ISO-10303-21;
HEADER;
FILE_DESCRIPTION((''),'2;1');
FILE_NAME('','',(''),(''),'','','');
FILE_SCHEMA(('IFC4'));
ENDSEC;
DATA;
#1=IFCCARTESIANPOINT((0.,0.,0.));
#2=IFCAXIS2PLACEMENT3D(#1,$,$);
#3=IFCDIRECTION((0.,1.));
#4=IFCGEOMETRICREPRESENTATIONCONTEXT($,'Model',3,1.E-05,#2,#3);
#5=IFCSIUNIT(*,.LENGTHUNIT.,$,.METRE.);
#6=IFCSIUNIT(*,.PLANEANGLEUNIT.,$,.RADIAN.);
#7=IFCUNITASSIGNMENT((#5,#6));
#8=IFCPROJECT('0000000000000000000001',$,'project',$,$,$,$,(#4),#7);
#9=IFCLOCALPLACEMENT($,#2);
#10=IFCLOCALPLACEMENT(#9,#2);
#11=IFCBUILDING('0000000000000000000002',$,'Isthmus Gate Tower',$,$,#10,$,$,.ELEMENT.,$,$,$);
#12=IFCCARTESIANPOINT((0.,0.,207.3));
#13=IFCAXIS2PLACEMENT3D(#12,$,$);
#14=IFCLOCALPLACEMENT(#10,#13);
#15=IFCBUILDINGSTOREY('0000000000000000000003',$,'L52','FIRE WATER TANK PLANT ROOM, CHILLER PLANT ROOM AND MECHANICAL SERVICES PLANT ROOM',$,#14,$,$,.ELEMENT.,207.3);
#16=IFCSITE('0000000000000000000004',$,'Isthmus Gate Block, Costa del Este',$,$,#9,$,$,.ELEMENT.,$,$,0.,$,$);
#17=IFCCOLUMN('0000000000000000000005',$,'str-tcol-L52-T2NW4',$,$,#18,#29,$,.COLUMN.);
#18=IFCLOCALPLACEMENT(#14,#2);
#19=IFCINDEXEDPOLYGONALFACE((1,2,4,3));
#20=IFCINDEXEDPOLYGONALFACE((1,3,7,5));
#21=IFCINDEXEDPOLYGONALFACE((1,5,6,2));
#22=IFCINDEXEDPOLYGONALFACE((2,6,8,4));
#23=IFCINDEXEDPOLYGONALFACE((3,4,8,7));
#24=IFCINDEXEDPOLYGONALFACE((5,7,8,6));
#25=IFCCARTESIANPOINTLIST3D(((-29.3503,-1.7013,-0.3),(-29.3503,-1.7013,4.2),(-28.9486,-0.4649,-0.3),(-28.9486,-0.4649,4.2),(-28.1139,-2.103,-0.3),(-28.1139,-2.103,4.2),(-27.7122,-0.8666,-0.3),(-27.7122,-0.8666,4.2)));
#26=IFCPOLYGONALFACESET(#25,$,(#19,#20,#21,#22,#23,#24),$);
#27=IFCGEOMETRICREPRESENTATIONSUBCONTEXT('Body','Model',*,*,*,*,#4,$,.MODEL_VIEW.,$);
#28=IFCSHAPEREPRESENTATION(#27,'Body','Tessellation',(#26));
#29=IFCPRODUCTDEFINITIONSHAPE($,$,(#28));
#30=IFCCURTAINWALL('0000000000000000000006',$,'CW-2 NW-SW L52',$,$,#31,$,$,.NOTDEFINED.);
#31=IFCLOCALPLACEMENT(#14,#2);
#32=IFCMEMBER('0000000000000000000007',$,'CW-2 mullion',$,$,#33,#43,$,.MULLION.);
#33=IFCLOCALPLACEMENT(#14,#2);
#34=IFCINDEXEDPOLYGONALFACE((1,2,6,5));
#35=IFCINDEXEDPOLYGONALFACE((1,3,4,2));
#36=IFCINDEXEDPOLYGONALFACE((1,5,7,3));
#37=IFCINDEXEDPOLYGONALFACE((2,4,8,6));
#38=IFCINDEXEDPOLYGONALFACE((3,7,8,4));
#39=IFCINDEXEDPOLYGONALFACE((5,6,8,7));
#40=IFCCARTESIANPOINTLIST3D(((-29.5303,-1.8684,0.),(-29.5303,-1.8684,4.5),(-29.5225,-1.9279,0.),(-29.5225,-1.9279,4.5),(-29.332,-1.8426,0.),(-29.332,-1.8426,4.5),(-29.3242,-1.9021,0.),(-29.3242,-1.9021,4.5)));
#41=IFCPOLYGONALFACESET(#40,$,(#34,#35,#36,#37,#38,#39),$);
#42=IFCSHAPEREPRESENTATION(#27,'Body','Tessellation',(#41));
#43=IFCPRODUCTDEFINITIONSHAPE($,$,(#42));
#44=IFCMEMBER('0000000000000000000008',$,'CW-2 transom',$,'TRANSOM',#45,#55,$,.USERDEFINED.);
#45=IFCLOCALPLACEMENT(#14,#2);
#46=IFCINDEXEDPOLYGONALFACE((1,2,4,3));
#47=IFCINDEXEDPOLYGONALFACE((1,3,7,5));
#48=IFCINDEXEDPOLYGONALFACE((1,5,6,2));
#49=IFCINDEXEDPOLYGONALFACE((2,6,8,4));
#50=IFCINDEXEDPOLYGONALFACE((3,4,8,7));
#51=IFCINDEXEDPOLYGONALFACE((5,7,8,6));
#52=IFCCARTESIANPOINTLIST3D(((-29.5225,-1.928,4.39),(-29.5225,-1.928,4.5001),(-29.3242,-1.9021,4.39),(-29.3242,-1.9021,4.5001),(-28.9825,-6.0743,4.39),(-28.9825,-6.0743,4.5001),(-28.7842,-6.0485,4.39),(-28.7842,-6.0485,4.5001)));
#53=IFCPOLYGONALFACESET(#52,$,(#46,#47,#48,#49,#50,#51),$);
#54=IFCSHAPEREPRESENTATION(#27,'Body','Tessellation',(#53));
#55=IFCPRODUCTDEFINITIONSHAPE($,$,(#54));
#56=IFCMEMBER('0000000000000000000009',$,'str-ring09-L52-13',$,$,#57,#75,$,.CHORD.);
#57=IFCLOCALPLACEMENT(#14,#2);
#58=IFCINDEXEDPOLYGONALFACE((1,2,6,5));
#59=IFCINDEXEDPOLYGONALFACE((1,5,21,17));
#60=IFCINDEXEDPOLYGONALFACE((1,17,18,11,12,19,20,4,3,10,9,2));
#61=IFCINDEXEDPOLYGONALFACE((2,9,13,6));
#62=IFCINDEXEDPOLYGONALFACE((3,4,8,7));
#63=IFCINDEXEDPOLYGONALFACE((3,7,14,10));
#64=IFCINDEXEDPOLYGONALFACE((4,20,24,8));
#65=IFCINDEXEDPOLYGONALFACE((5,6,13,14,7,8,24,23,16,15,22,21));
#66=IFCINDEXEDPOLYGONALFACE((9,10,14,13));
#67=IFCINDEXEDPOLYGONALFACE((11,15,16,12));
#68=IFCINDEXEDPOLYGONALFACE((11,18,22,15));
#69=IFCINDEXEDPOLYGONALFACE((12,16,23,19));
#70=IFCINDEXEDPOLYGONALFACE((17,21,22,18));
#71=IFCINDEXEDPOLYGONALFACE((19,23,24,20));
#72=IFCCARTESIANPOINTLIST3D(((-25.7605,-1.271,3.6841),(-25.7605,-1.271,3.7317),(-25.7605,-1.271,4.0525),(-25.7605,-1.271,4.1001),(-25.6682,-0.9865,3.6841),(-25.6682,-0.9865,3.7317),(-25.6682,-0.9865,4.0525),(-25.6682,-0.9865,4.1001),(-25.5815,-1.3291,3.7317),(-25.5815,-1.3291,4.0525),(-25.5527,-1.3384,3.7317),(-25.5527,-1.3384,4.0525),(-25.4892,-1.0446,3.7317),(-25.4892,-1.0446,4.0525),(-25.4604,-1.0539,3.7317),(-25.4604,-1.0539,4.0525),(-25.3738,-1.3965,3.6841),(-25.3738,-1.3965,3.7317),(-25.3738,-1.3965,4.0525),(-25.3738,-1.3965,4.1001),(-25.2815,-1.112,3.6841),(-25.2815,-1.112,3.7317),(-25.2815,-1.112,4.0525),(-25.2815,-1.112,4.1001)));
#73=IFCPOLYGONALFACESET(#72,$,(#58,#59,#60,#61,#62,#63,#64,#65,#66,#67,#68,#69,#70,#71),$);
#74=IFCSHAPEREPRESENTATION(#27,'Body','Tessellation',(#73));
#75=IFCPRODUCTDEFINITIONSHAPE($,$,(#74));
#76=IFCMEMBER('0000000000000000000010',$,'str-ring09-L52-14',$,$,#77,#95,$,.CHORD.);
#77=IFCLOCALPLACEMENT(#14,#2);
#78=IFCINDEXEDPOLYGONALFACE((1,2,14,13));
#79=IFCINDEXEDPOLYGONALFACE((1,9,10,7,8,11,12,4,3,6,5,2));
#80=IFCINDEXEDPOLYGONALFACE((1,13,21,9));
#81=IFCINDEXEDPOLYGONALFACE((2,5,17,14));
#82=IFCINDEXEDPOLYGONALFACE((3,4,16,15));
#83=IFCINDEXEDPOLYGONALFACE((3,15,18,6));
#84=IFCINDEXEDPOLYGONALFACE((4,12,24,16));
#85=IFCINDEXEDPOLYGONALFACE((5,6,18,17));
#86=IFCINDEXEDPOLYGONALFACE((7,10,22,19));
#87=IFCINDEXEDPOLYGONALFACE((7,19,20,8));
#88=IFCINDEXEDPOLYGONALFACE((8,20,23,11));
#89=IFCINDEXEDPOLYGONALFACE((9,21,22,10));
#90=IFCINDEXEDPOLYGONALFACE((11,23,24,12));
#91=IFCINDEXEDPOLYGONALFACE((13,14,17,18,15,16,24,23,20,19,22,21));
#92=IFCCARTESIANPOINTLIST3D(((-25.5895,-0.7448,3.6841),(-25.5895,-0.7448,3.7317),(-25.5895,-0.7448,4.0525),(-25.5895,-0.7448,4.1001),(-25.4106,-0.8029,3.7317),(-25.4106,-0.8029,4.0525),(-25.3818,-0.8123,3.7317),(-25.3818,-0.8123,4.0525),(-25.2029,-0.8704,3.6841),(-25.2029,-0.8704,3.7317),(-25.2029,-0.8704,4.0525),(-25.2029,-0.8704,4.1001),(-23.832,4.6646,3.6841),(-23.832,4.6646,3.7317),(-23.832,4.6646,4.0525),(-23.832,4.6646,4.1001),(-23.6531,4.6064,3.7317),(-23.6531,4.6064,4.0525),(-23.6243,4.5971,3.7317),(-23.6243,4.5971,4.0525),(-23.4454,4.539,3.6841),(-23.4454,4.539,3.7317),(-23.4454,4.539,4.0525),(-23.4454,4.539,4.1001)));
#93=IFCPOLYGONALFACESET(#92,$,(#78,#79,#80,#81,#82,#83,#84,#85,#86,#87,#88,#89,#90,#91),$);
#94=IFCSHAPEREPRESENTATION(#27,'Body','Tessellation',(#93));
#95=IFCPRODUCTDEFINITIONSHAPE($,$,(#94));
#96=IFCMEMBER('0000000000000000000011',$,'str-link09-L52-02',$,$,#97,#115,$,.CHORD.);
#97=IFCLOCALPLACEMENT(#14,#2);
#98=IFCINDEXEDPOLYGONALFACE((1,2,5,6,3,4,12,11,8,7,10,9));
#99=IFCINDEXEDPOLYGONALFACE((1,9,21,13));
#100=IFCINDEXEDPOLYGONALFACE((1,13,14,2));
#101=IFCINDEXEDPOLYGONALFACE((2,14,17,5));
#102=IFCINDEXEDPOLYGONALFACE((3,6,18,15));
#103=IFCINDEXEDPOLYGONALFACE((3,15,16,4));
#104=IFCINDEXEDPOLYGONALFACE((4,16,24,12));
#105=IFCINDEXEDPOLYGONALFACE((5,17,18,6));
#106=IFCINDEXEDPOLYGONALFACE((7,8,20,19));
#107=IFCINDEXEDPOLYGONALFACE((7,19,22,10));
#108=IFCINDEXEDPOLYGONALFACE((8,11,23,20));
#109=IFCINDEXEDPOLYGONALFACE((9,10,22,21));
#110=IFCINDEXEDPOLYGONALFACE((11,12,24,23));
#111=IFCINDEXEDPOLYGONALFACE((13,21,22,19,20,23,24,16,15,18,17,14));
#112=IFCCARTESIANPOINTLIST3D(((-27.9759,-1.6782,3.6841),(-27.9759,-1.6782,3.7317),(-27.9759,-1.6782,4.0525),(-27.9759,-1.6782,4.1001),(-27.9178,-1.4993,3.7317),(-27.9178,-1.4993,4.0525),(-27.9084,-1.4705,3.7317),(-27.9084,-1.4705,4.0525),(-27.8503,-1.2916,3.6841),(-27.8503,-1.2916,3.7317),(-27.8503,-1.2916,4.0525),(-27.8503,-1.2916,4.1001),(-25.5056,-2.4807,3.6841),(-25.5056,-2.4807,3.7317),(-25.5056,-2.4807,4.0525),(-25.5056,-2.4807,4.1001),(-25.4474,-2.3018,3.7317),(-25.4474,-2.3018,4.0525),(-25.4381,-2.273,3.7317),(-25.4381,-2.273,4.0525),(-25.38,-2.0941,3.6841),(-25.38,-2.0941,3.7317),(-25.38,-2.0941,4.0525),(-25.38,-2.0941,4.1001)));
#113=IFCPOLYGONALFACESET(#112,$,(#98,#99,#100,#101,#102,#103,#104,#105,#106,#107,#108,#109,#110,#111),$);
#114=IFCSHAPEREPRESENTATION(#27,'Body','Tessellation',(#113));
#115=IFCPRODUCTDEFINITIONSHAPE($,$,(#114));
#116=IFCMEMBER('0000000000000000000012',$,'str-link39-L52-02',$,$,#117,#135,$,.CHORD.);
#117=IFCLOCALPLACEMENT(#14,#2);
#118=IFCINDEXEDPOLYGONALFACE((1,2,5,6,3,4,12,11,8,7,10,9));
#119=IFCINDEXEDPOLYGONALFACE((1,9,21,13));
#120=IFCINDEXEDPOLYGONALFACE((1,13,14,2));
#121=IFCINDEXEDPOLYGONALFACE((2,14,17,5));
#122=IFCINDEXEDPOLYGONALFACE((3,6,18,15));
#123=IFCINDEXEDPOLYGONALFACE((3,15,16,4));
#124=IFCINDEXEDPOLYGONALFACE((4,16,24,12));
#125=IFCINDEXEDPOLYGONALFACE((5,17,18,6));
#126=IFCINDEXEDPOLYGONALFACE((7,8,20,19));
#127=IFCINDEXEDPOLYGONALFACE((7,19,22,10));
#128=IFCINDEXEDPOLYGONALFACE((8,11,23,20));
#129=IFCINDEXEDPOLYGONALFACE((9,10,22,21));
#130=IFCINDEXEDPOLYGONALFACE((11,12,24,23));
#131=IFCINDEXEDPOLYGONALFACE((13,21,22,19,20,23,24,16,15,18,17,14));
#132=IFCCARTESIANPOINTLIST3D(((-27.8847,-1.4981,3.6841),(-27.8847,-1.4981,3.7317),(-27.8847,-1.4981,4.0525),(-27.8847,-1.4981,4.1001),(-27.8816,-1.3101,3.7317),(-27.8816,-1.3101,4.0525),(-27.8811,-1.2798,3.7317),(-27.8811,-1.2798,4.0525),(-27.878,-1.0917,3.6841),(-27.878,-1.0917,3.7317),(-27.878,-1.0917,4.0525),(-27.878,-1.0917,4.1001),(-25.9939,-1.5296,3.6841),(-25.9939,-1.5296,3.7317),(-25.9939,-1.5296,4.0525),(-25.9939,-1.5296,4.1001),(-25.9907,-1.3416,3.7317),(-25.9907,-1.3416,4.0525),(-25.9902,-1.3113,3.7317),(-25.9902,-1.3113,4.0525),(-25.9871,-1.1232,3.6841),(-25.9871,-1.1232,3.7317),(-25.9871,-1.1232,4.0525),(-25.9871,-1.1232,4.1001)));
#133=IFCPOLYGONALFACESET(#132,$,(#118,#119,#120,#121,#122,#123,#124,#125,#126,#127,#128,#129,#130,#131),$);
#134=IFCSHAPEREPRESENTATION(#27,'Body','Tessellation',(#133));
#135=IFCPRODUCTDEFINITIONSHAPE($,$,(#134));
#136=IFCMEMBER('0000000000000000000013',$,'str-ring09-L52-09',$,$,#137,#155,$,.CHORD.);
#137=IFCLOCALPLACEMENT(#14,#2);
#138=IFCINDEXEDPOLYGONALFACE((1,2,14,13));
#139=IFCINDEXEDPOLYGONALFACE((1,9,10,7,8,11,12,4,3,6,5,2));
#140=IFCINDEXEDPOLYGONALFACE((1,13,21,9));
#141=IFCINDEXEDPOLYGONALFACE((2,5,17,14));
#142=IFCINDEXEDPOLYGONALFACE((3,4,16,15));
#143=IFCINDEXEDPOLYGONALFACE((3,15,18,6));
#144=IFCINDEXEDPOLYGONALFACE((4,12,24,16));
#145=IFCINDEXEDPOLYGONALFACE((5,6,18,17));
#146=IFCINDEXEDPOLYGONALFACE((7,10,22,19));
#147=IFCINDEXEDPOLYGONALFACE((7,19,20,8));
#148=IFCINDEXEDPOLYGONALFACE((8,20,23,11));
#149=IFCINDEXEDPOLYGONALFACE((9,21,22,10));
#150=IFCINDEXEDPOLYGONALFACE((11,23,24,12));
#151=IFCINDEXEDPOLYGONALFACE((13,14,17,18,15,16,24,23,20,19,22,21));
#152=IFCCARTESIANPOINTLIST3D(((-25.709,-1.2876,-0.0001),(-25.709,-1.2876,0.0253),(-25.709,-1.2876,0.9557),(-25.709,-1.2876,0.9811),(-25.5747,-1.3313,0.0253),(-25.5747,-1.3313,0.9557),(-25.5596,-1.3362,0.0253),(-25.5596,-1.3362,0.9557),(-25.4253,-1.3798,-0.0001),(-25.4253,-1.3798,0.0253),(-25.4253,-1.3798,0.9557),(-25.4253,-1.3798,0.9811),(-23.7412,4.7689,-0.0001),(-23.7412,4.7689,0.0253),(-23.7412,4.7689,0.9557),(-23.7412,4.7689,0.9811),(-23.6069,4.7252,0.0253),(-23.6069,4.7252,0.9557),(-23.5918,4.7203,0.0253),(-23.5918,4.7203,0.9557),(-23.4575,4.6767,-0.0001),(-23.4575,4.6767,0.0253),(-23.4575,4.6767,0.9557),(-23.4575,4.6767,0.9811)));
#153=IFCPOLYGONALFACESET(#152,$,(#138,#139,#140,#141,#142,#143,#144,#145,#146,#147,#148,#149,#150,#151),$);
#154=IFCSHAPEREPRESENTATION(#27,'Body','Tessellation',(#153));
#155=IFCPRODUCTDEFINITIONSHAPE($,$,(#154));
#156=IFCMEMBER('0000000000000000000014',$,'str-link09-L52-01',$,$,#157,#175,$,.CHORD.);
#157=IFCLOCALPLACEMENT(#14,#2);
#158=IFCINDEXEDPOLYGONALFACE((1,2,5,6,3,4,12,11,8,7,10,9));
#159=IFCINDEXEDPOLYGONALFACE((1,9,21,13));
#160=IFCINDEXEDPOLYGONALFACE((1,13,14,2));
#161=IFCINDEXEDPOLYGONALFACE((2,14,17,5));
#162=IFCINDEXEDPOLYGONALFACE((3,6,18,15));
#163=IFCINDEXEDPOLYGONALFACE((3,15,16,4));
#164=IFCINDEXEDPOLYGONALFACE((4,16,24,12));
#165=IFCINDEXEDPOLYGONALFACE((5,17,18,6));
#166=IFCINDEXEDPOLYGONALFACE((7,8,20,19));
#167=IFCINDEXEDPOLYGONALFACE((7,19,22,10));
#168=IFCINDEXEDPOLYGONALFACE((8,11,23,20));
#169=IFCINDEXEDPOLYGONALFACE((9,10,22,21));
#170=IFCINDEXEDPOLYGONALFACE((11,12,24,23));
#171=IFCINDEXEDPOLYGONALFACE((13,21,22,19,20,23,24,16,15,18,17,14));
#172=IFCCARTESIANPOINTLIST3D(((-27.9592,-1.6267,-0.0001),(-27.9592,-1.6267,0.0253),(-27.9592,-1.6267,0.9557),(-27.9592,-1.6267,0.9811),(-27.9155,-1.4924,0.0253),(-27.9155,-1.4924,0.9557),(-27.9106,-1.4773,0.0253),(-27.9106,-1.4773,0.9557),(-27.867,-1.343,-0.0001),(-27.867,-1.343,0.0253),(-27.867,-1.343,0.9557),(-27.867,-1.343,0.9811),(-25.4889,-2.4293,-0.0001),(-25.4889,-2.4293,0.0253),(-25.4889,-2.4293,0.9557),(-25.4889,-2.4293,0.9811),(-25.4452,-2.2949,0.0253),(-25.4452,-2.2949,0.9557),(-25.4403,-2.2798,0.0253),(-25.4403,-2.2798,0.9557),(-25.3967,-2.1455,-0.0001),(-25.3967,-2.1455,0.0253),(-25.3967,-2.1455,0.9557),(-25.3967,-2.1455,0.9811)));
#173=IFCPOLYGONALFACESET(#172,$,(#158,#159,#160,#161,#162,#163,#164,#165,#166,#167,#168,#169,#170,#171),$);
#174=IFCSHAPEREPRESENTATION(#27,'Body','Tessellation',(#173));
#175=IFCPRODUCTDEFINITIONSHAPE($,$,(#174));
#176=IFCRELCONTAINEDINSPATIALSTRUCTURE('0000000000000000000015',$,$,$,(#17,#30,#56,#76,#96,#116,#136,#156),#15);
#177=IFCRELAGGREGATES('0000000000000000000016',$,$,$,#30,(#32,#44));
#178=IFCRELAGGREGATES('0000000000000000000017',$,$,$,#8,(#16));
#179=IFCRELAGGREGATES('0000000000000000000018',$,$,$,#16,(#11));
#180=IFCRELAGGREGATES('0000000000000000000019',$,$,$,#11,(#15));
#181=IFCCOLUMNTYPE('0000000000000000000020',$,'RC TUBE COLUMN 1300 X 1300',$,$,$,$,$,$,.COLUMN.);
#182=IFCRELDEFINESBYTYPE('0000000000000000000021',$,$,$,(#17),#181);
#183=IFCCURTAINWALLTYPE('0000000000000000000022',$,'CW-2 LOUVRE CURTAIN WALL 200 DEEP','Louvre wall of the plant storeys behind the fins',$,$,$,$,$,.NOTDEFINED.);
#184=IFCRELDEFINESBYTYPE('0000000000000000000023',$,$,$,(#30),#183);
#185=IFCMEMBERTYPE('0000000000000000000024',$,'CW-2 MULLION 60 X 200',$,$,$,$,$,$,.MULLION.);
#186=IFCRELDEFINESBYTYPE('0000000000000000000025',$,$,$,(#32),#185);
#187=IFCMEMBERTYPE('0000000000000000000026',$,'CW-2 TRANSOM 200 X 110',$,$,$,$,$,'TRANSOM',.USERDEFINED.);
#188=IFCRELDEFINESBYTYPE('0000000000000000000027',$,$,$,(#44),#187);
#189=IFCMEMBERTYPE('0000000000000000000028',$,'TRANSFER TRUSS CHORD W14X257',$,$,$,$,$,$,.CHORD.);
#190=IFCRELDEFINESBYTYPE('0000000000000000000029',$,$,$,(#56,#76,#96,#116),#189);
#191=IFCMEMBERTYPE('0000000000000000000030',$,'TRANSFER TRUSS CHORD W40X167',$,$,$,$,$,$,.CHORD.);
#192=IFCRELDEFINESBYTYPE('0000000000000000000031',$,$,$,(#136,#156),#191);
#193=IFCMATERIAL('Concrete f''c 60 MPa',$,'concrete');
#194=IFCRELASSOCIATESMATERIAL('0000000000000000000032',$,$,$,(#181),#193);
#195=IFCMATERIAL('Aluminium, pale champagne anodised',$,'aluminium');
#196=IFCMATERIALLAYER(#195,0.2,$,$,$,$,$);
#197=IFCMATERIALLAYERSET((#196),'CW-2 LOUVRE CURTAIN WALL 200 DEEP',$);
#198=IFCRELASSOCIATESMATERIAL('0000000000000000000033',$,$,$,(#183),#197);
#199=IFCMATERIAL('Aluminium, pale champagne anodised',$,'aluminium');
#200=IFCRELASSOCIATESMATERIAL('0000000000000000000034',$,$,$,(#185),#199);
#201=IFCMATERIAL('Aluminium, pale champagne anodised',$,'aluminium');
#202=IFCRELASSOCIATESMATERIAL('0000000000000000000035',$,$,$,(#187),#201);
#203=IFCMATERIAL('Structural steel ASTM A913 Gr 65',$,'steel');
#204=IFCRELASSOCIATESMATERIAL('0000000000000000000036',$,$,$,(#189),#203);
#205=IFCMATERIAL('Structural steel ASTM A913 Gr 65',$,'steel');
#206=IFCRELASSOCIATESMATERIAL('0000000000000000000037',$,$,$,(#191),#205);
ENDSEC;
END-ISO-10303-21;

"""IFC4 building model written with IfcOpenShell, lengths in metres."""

from ifc_helpers import new_model, si_unit, direction, frame, origin, origin_2d, place, context, subcontext, project, spatial, rectangle, i_section, extrude, material, layer, layer_set, material_profile, profile_set, type_object, element, aggregate, save


model = new_model("IFC4")

# Units and contexts
model_context = context("Model", 3, precision=1e-05, world=origin(), true_north=direction((0.0, 1.0)))
body_context = subcontext(model_context, "Body", "Model", "MODEL_VIEW")
ifc_project = project(units=[si_unit("LENGTHUNIT", "METRE"), si_unit("PLANEANGLEUNIT", "RADIAN")], contexts=[model_context])

# Site, building, storey
site_placement = place(None, origin())
site = spatial("IfcSite", under=ifc_project, at=site_placement, Name="Isthmus Gate Block, Costa del Este", CompositionType="ELEMENT", RefElevation=0.0)
building_placement = place(site_placement, origin())
building = spatial("IfcBuilding", under=site, at=building_placement, Name="Isthmus Gate Tower", CompositionType="ELEMENT")
storey_placement = place(building_placement, frame((0.0, 0.0, 207.3)))
storey = spatial("IfcBuildingStorey", under=building, at=storey_placement, Name="L52", Description="FIRE WATER TANK PLANT ROOM, CHILLER PLANT ROOM AND MECHANICAL SERVICES PLANT ROOM", CompositionType="ELEMENT", Elevation=207.3)

# Column
ifc_material_1 = material(Name="Concrete f'c 60 MPa", Category="concrete")
ifc_material_profile_1 = material_profile(ifc_material_1, rectangle(XDim=1.3, YDim=1.3, at=origin_2d()), Name="RC 1300X1300")
ifc_profile_set_1 = profile_set([ifc_material_profile_1], Name="Concrete f'c 60 MPa")
column_type = type_object("IfcColumnType", Name="RC TUBE COLUMN 1300 X 1300", PredefinedType="COLUMN", material=ifc_profile_set_1)
column_placement = place(storey_placement, frame((-28.5312, -1.2839, -0.3), z_axis=(0.0, 0.0, 1.0), x_axis=(-0.309017, -0.951057, 0.0)))
element("IfcColumn", 1, at=column_placement, inside=storey, type_object=column_type, Name="str-tcol-L52-T2NW4", PredefinedType="COLUMN", context=body_context, shape_type="SweptSolid", body=[
    extrude(rectangle(XDim=1.3, YDim=1.3, at=origin_2d()), origin(), (0.0, 0.0, 1.0), 4.5),
])

# Curtain wall, members
ifc_material_2 = material(Name="Aluminium, pale champagne anodised", Category="aluminium")
ifc_layer_1 = layer(ifc_material_2, 0.2)
ifc_layer_set_1 = layer_set([ifc_layer_1], Name="CW-2 LOUVRE CURTAIN WALL 200 DEEP")
curtain_wall_type = type_object("IfcCurtainWallType", Name="CW-2 LOUVRE CURTAIN WALL 200 DEEP", Description="Louvre wall of the plant storeys behind the fins", PredefinedType="NOTDEFINED", material=ifc_layer_set_1)
curtain_wall_placement = place(storey_placement, origin())
curtain_wall = element("IfcCurtainWall", 2, at=curtain_wall_placement, inside=storey, type_object=curtain_wall_type, Name="CW-2 NW-SW L52", PredefinedType="NOTDEFINED")
ifc_material_3 = material(Name="Aluminium, pale champagne anodised", Category="aluminium")
ifc_material_profile_2 = material_profile(ifc_material_3, rectangle(XDim=0.0601, YDim=0.2, at=origin_2d()), Name="60x200")
ifc_profile_set_2 = profile_set([ifc_material_profile_2], Name="Aluminium, pale champagne anodised")
member_type_1 = type_object("IfcMemberType", Name="CW-2 MULLION 60 X 200", PredefinedType="MULLION", material=ifc_profile_set_2)
member_1_placement = place(storey_placement, frame((-29.4272, -1.8853, 0.0), z_axis=(0.0, 0.0, 1.0), x_axis=(0.129165, -0.991623, 0.0)))
member_1 = element("IfcMember", 3, at=member_1_placement, type_object=member_type_1, Name="CW-2 mullion", PredefinedType="MULLION", context=body_context, shape_type="SweptSolid", body=[
    extrude(rectangle(XDim=0.0601, YDim=0.2, at=origin_2d()), origin(), (0.0, 0.0, 1.0), 4.5),
])
ifc_material_4 = material(Name="Aluminium, pale champagne anodised", Category="aluminium")
ifc_material_profile_3 = material_profile(ifc_material_4, rectangle(XDim=0.2, YDim=0.1101, at=origin_2d()), Name="200x110")
ifc_profile_set_3 = profile_set([ifc_material_profile_3], Name="Aluminium, pale champagne anodised")
member_type_2 = type_object("IfcMemberType", Name="CW-2 TRANSOM 200 X 110", ElementType="TRANSOM", PredefinedType="USERDEFINED", material=ifc_profile_set_3)
member_2_placement = place(storey_placement, frame((-29.4233, -1.915, 4.4451), z_axis=(0.129149, -0.991625, 0.0), x_axis=(0.991625, 0.129149, 0.0)))
member_2 = element("IfcMember", 4, at=member_2_placement, type_object=member_type_2, Name="CW-2 transom", ObjectType="TRANSOM", PredefinedType="USERDEFINED", context=body_context, shape_type="SweptSolid", body=[
    extrude(rectangle(XDim=0.2, YDim=0.1101, at=origin_2d()), origin(), (0.0, 0.0, 1.0), 4.1814),
])

# Members
ifc_material_5 = material(Name="Structural steel ASTM A913 Gr 65", Category="steel")
ifc_material_profile_4 = material_profile(ifc_material_5, i_section(OverallWidth=0.4065, OverallDepth=0.416, WebThickness=0.0303, FlangeThickness=0.0476, at=origin_2d()), Name="W14X257")
ifc_profile_set_4 = profile_set([ifc_material_profile_4], Name="Structural steel ASTM A913 Gr 65")
member_type_3 = type_object("IfcMemberType", Name="TRANSFER TRUSS CHORD W14X257", PredefinedType="CHORD", material=ifc_profile_set_4)
member_3_placement = place(storey_placement, frame((-25.5671, -1.3337, 3.8921), z_axis=(0.308624, 0.951184, 0.0), x_axis=(-0.951184, 0.308624, 0.0)))
element("IfcMember", 5, at=member_3_placement, inside=storey, type_object=member_type_3, Name="str-ring09-L52-13", PredefinedType="CHORD", context=body_context, shape_type="SweptSolid", body=[
    extrude(i_section(OverallWidth=0.4065, OverallDepth=0.416, WebThickness=0.0303, FlangeThickness=0.0476, at=origin_2d()), origin(), (0.0, 0.0, 1.0), 0.2991),
])
member_4_placement = place(storey_placement, frame((-25.3962, -0.8076, 3.8921), z_axis=(0.309007, 0.95106, 0.0), x_axis=(-0.95106, 0.309007, 0.0)))
element("IfcMember", 6, at=member_4_placement, inside=storey, type_object=member_type_3, Name="str-ring09-L52-14", PredefinedType="CHORD", context=body_context, shape_type="SweptSolid", body=[
    extrude(i_section(OverallWidth=0.4065, OverallDepth=0.416, WebThickness=0.0303, FlangeThickness=0.0476, at=origin_2d()), origin(), (0.0, 0.0, 1.0), 5.6877),
])
member_5_placement = place(storey_placement, frame((-27.9131, -1.4849, 3.8921), z_axis=(0.951071, -0.308971, 0.0), x_axis=(0.308971, 0.951071, 0.0)))
element("IfcMember", 7, at=member_5_placement, inside=storey, type_object=member_type_3, Name="str-link09-L52-02", PredefinedType="CHORD", context=body_context, shape_type="SweptSolid", body=[
    extrude(i_section(OverallWidth=0.4065, OverallDepth=0.416, WebThickness=0.0303, FlangeThickness=0.0476, at=origin_2d()), origin(), (0.0, 0.0, 1.0), 2.5974),
])
member_6_placement = place(storey_placement, frame((-27.8813, -1.2949, 3.8921), z_axis=(0.999861, -0.016654, 0.0), x_axis=(0.016654, 0.999861, 0.0)))
element("IfcMember", 8, at=member_6_placement, inside=storey, type_object=member_type_3, Name="str-link39-L52-02", PredefinedType="CHORD", context=body_context, shape_type="SweptSolid", body=[
    extrude(i_section(OverallWidth=0.4065, OverallDepth=0.416, WebThickness=0.0303, FlangeThickness=0.0476, at=origin_2d()), origin(), (0.0, 0.0, 1.0), 1.8911),
])
ifc_material_6 = material(Name="Structural steel ASTM A913 Gr 65", Category="steel")
ifc_material_profile_5 = material_profile(ifc_material_6, i_section(OverallWidth=0.2983, OverallDepth=0.9812, WebThickness=0.0159, FlangeThickness=0.0254, at=origin_2d()), Name="W40X167")
ifc_profile_set_5 = profile_set([ifc_material_profile_5], Name="Structural steel ASTM A913 Gr 65")
member_type_4 = type_object("IfcMemberType", Name="TRANSFER TRUSS CHORD W40X167", PredefinedType="CHORD", material=ifc_profile_set_5)
member_7_placement = place(storey_placement, frame((-25.5671, -1.3337, 0.4905), z_axis=(0.309007, 0.95106, 0.0), x_axis=(-0.95106, 0.309007, 0.0)))
element("IfcMember", 9, at=member_7_placement, inside=storey, type_object=member_type_4, Name="str-ring09-L52-09", PredefinedType="CHORD", context=body_context, shape_type="SweptSolid", body=[
    extrude(i_section(OverallWidth=0.2983, OverallDepth=0.9812, WebThickness=0.0159, FlangeThickness=0.0254, at=origin_2d()), origin(), (0.0, 0.0, 1.0), 6.3682),
])
member_8_placement = place(storey_placement, frame((-27.9131, -1.4849, 0.4905), z_axis=(0.951071, -0.308971, 0.0), x_axis=(0.308971, 0.951071, 0.0)))
element("IfcMember", 10, at=member_8_placement, inside=storey, type_object=member_type_4, Name="str-link09-L52-01", PredefinedType="CHORD", context=body_context, shape_type="SweptSolid", body=[
    extrude(i_section(OverallWidth=0.2983, OverallDepth=0.9812, WebThickness=0.0159, FlangeThickness=0.0254, at=origin_2d()), origin(), (0.0, 0.0, 1.0), 2.5974),
])

aggregate(curtain_wall, [member_1, member_2])

save(model, "model.ifc")
